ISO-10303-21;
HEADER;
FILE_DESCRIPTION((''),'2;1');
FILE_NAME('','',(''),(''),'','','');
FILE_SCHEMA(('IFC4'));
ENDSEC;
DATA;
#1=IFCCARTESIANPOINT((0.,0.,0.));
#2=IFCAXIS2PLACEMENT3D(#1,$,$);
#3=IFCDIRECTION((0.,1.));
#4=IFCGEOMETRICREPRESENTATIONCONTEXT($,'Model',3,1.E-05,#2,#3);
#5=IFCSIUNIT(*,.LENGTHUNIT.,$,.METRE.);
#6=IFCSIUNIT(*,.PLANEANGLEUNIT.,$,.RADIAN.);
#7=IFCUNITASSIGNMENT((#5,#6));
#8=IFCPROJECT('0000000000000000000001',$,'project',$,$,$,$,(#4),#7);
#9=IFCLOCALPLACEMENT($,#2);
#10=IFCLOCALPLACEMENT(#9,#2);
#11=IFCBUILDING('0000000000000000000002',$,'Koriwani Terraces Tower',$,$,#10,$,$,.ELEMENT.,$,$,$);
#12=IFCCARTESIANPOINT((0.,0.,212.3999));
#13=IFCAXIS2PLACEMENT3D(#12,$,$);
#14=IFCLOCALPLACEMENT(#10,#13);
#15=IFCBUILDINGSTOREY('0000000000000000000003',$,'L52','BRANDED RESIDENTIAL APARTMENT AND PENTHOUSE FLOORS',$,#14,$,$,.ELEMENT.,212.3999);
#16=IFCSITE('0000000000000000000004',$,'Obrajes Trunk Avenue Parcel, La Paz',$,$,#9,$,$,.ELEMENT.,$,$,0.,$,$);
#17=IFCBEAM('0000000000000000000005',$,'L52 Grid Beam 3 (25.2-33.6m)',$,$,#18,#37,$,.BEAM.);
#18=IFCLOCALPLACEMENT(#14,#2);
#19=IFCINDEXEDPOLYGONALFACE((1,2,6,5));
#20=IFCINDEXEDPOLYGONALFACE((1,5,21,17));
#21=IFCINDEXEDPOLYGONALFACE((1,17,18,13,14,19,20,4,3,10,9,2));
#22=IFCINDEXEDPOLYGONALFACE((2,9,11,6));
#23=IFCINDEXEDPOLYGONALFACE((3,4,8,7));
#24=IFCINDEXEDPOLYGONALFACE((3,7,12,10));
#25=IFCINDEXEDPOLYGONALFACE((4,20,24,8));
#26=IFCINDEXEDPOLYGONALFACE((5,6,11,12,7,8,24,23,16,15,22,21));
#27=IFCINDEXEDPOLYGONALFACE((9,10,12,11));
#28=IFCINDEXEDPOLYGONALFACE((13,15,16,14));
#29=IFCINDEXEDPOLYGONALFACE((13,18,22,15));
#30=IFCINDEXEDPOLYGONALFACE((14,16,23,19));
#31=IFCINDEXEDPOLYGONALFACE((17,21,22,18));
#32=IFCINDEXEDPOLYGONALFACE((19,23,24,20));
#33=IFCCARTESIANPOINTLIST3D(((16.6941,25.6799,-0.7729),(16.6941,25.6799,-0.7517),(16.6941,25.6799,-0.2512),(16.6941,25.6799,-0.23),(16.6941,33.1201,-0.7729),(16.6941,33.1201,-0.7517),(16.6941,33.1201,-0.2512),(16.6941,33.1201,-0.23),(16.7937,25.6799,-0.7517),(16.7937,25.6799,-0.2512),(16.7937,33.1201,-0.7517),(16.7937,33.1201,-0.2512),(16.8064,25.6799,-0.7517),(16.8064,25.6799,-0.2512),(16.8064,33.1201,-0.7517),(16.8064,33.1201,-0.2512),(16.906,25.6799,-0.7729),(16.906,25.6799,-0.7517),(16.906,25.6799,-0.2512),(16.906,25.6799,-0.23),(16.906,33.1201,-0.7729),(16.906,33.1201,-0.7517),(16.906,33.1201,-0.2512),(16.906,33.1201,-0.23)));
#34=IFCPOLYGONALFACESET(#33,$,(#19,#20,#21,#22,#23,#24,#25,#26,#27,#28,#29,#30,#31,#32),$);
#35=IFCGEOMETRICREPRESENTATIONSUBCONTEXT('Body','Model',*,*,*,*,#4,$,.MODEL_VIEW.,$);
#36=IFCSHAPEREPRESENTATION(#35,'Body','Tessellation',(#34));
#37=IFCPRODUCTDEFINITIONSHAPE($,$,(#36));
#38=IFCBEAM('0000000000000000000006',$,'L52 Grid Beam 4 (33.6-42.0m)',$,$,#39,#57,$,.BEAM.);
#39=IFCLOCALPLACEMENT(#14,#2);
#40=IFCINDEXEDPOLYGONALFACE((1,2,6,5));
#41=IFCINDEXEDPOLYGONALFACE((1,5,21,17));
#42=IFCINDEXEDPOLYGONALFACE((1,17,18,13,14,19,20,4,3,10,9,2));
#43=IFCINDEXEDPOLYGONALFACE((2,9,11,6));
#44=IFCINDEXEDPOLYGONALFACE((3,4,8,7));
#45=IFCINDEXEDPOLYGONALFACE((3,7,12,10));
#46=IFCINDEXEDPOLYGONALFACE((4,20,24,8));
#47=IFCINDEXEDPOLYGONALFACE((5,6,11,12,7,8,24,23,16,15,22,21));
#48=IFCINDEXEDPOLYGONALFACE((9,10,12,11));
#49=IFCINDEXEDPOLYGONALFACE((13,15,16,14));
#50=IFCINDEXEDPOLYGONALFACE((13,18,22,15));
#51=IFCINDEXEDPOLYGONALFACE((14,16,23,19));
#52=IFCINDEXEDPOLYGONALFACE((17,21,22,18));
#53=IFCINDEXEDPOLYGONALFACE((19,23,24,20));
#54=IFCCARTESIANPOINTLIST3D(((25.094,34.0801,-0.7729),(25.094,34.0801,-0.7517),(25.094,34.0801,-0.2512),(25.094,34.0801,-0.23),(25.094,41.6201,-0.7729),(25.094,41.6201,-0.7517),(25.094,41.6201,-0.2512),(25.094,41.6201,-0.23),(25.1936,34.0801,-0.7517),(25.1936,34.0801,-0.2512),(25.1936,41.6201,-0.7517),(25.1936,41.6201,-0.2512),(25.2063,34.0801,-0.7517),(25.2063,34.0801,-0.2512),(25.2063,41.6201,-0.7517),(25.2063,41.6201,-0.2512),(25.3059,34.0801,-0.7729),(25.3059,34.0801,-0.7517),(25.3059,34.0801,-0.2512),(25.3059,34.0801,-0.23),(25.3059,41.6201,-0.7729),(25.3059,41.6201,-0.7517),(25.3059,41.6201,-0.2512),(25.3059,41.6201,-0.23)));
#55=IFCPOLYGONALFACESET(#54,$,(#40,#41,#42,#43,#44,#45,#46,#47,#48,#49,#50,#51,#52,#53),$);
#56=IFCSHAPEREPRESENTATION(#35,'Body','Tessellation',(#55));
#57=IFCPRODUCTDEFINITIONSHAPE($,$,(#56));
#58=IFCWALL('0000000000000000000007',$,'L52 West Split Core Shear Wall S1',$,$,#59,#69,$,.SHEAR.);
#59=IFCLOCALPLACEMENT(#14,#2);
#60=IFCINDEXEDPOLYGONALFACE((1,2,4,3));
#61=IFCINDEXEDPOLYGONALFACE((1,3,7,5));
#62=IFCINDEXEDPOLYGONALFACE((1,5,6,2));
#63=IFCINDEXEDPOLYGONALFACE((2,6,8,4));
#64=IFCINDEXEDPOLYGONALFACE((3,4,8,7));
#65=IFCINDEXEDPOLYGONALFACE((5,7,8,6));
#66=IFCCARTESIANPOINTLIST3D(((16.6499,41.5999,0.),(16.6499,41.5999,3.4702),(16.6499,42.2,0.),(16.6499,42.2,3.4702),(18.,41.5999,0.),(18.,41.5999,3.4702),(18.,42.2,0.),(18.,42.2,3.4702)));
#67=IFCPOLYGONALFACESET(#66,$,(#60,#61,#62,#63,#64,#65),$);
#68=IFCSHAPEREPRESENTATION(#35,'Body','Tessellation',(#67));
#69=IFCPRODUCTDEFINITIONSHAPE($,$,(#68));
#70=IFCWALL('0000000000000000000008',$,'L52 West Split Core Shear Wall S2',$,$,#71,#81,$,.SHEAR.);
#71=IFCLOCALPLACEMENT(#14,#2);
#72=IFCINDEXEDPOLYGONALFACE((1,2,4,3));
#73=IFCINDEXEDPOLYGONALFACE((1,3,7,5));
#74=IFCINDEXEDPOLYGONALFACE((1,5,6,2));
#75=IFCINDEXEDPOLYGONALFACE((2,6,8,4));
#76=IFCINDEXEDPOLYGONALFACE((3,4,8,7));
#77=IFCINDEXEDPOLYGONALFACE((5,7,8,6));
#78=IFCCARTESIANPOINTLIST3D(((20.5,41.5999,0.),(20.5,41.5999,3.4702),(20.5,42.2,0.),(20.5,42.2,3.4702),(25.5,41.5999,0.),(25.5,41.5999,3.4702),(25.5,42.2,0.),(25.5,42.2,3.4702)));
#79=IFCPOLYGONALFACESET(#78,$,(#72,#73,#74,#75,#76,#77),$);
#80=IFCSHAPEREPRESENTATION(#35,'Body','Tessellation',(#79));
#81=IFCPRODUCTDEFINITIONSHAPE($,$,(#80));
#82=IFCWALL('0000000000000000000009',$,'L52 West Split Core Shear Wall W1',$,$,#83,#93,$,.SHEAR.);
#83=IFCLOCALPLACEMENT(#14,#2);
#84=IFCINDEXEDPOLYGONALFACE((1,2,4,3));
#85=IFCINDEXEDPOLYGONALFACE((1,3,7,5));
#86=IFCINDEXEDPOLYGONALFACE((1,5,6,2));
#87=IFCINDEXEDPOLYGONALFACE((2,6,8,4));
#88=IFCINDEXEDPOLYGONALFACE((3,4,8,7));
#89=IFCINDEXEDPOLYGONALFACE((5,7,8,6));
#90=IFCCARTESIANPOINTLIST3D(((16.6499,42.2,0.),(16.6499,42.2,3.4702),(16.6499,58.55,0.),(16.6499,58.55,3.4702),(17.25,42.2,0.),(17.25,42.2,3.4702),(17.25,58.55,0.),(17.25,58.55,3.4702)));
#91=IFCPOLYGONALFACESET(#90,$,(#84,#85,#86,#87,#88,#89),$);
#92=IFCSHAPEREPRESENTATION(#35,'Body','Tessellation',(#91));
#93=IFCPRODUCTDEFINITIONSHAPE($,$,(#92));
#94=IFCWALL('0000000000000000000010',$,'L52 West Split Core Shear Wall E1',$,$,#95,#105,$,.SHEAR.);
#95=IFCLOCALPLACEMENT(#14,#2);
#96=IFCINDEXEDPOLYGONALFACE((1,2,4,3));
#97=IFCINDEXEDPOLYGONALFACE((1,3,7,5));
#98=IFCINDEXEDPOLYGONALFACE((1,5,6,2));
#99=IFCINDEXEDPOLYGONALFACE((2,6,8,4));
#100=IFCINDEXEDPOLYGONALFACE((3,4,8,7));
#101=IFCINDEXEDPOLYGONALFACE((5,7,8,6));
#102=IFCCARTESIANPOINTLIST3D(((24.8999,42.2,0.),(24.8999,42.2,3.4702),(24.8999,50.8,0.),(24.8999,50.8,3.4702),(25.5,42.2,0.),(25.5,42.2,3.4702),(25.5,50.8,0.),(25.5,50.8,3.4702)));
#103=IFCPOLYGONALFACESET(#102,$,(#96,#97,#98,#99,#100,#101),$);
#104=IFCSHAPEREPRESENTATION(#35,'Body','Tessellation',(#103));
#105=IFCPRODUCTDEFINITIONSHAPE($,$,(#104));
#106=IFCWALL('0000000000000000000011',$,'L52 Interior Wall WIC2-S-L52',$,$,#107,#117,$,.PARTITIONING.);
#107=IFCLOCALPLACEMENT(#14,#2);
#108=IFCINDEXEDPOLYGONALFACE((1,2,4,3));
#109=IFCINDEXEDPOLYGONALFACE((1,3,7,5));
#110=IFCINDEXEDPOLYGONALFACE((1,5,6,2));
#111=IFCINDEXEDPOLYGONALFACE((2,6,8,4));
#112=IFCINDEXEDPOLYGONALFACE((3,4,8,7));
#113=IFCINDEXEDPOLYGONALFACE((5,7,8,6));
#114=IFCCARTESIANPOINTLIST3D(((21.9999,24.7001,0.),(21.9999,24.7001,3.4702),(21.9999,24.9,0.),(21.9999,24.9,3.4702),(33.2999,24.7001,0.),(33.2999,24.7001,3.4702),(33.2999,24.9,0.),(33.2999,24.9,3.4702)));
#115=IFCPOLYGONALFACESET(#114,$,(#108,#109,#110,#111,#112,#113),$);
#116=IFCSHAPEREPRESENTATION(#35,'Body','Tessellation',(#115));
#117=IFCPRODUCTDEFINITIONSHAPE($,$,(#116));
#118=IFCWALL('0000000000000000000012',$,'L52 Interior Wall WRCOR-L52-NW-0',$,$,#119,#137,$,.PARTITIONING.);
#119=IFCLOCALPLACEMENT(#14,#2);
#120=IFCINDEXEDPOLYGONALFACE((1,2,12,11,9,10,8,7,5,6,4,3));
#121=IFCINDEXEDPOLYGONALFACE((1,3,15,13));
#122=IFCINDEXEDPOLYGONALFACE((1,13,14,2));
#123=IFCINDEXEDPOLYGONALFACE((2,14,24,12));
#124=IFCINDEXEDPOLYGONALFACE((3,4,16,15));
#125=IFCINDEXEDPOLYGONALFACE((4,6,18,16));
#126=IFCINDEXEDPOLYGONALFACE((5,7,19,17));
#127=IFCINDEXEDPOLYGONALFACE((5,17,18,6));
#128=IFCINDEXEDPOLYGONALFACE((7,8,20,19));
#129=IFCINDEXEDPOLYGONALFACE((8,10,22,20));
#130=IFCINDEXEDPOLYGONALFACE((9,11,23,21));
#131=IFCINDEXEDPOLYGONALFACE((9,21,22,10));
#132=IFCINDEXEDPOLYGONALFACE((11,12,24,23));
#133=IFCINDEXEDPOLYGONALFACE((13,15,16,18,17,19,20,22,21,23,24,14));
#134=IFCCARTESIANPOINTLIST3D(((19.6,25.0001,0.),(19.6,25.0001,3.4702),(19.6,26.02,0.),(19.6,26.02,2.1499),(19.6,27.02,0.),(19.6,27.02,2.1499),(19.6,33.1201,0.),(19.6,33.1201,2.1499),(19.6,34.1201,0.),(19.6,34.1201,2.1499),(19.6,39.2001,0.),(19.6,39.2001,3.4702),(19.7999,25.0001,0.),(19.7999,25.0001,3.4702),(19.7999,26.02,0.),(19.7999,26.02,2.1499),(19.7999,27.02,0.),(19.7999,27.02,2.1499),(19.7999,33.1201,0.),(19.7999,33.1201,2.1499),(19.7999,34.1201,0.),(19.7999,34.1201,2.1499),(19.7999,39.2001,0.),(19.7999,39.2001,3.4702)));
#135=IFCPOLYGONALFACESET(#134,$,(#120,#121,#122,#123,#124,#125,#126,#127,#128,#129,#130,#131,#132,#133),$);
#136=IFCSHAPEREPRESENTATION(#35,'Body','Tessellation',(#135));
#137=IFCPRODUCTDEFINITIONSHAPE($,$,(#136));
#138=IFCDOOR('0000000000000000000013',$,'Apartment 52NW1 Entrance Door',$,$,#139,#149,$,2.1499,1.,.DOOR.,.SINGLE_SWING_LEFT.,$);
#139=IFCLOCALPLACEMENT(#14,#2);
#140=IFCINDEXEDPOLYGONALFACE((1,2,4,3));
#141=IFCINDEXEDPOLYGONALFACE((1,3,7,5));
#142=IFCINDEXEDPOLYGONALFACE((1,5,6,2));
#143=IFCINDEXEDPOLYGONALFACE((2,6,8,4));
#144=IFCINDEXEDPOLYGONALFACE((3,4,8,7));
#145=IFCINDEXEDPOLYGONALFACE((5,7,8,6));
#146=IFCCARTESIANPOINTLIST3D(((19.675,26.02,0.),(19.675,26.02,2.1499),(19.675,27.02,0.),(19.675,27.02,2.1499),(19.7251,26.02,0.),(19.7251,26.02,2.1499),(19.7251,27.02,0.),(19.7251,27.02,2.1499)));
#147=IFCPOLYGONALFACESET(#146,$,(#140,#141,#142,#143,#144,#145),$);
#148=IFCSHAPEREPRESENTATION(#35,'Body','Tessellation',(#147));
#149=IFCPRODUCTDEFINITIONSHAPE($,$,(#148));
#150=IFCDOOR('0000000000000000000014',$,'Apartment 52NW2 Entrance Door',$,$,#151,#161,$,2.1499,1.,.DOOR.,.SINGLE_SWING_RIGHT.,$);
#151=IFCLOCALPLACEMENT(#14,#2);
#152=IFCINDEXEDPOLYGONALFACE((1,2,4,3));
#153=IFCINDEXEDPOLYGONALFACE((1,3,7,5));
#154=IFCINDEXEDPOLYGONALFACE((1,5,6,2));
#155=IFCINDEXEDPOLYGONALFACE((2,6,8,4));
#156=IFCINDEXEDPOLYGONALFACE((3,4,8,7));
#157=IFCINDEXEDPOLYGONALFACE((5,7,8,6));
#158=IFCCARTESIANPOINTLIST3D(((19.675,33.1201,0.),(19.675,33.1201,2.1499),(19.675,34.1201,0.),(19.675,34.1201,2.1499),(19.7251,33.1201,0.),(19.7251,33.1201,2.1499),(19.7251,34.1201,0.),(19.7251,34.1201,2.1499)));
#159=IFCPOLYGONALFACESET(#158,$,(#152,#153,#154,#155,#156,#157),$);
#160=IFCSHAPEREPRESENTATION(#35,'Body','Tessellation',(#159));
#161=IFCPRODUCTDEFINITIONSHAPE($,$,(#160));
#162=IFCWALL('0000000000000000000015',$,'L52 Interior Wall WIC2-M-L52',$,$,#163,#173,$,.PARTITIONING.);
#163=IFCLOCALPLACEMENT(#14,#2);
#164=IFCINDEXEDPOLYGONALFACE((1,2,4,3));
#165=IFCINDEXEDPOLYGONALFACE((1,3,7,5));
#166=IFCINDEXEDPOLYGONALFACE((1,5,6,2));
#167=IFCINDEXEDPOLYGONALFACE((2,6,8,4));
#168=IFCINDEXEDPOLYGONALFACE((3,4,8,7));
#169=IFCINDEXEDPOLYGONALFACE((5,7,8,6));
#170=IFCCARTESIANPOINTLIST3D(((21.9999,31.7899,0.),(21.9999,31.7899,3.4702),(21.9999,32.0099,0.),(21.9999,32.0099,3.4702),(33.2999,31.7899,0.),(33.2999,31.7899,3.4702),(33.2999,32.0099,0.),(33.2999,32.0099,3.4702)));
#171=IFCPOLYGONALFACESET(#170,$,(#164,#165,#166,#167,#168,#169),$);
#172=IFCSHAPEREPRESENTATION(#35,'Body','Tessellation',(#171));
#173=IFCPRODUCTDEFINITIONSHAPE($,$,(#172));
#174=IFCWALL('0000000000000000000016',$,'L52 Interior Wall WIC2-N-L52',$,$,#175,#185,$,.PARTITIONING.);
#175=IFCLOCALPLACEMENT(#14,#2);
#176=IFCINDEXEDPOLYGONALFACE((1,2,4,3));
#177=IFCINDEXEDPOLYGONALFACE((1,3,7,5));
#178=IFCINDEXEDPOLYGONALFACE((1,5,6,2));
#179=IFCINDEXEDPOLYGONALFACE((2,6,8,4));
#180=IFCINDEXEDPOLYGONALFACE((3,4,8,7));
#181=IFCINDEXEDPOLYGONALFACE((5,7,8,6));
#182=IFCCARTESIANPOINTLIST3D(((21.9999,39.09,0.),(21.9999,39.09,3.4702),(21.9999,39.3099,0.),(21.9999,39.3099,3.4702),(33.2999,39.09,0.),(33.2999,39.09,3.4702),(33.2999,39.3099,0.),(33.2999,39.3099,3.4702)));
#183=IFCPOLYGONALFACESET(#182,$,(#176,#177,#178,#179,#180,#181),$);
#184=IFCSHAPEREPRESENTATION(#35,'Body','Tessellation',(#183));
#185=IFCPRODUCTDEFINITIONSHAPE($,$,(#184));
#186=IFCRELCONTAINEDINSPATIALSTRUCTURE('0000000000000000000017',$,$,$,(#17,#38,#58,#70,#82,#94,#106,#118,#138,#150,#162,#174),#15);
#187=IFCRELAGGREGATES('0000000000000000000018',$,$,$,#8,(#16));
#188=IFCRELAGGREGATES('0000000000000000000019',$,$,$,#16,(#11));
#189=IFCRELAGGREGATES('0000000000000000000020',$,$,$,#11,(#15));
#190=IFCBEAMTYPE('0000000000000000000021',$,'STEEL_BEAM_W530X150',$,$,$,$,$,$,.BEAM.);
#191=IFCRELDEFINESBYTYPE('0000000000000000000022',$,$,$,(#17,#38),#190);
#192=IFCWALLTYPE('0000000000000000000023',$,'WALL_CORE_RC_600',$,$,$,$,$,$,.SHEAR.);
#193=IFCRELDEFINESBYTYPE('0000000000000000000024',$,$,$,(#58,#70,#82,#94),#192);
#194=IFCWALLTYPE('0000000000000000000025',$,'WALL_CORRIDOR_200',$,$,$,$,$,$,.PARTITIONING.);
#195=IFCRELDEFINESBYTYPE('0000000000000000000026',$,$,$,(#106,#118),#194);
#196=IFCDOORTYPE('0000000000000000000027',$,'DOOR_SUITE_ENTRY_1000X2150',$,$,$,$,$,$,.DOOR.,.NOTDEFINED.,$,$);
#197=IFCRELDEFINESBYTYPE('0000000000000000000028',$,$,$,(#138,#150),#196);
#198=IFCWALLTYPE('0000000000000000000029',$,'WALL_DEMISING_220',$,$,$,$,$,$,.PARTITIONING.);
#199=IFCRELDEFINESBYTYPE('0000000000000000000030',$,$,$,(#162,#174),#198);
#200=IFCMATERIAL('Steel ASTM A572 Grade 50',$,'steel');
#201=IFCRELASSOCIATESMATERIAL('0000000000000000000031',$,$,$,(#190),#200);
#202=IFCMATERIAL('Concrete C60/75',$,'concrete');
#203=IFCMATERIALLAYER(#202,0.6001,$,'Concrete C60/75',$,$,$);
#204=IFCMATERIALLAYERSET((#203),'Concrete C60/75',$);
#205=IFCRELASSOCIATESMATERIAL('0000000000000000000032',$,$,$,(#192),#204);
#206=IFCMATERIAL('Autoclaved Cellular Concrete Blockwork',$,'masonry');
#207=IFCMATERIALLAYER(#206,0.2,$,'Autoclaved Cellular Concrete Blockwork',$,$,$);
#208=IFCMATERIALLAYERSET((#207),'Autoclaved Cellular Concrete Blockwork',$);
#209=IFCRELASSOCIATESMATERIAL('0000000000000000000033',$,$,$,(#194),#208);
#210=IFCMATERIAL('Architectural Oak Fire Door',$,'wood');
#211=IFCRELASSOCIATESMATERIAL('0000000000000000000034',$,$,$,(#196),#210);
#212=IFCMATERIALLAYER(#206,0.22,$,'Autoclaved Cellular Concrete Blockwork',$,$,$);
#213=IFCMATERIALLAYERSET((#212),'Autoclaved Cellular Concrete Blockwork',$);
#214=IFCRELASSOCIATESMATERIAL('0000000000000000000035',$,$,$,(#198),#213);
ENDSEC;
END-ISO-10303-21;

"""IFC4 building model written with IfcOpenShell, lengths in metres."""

from ifc_helpers import new_model, si_unit, direction, frame, frame_2d, origin, origin_2d, place, context, subcontext, project, spatial, rectangle, i_section, extrude, material, layer, layer_set, material_profile, profile_set, type_object, element, fill, save


model = new_model("IFC4")

# Units and contexts
model_context = context("Model", 3, precision=1e-05, world=origin(), true_north=direction((0.0, 1.0)))
body_context = subcontext(model_context, "Body", "Model", "MODEL_VIEW")
ifc_project = project(units=[si_unit("LENGTHUNIT", "METRE"), si_unit("PLANEANGLEUNIT", "RADIAN")], contexts=[model_context])

# Site, building, storey
site_placement = place(None, origin())
site = spatial("IfcSite", under=ifc_project, at=site_placement, Name="Obrajes Trunk Avenue Parcel, La Paz", CompositionType="ELEMENT", RefElevation=0.0)
building_placement = place(site_placement, origin())
building = spatial("IfcBuilding", under=site, at=building_placement, Name="Koriwani Terraces Tower", CompositionType="ELEMENT")
storey_placement = place(building_placement, frame((0.0, 0.0, 212.3999)))
storey = spatial("IfcBuildingStorey", under=building, at=storey_placement, Name="L52", Description="BRANDED RESIDENTIAL APARTMENT AND PENTHOUSE FLOORS", CompositionType="ELEMENT", Elevation=212.3999)

# Beams
ifc_material_1 = material(Name="Concrete C60/75", Category="concrete")
ifc_material_2 = material(Name="Steel ASTM A572 Grade 50", Category="steel")
ifc_material_profile_1 = material_profile(ifc_material_2, i_section(OverallWidth=0.2119, OverallDepth=0.543, WebThickness=0.0127, FlangeThickness=0.0212, at=origin_2d()), Name="Steel ASTM A572 Grade 50", Category="LoadBearing")
ifc_profile_set_1 = profile_set([ifc_material_profile_1], Name="Steel ASTM A572 Grade 50")
beam_type_1 = type_object("IfcBeamType", Name="STEEL_BEAM_W530X150", PredefinedType="BEAM", material=ifc_profile_set_1)
beam_1_placement = place(storey_placement, frame((16.8, 25.6799, -0.5015), z_axis=(0.0, 1.0, 0.0), x_axis=(-1.0, 0.0, 0.0)))
element("IfcBeam", 1, at=beam_1_placement, inside=storey, type_object=beam_type_1, Name="L52 Grid Beam 3 (25.2-33.6m)", PredefinedType="BEAM", context=body_context, shape_type="SweptSolid", body=[
    extrude(i_section(OverallWidth=0.2119, OverallDepth=0.543, WebThickness=0.0127, FlangeThickness=0.0212, at=origin_2d()), origin(), (0.0, 0.0, 1.0), 7.4402),
])
beam_2_placement = place(storey_placement, frame((25.2, 34.0801, -0.5015), z_axis=(0.0, 1.0, 0.0), x_axis=(-1.0, 0.0, 0.0)))
element("IfcBeam", 2, at=beam_2_placement, inside=storey, type_object=beam_type_1, Name="L52 Grid Beam 4 (33.6-42.0m)", PredefinedType="BEAM", context=body_context, shape_type="SweptSolid", body=[
    extrude(i_section(OverallWidth=0.2119, OverallDepth=0.543, WebThickness=0.0127, FlangeThickness=0.0212, at=origin_2d()), origin(), (0.0, 0.0, 1.0), 7.54),
])

# Walls
ifc_layer_1 = layer(ifc_material_1, 0.6001, Name="Concrete C60/75")
ifc_layer_set_1 = layer_set([ifc_layer_1], Name="Concrete C60/75")
wall_type_1 = type_object("IfcWallType", Name="WALL_CORE_RC_600", PredefinedType="SHEAR", material=ifc_layer_set_1)
wall_1_placement = place(storey_placement, frame((16.6499, 41.8999, 0.0), z_axis=(0.0, 0.0, 1.0), x_axis=(1.0, 0.0, 0.0)))
element("IfcWall", 3, at=wall_1_placement, inside=storey, type_object=wall_type_1, Name="L52 West Split Core Shear Wall S1", PredefinedType="SHEAR", context=body_context, shape_type="SweptSolid", body=[
    extrude(rectangle(XDim=1.3501, YDim=0.6001, at=frame_2d((0.675, 0.0))), origin(), (0.0, 0.0, 1.0), 3.4702),
])
wall_2_placement = place(storey_placement, frame((20.5, 41.8999, 0.0), z_axis=(0.0, 0.0, 1.0), x_axis=(1.0, 0.0, 0.0)))
element("IfcWall", 4, at=wall_2_placement, inside=storey, type_object=wall_type_1, Name="L52 West Split Core Shear Wall S2", PredefinedType="SHEAR", context=body_context, shape_type="SweptSolid", body=[
    extrude(rectangle(XDim=5.0, YDim=0.6001, at=frame_2d((2.5, 0.0))), origin(), (0.0, 0.0, 1.0), 3.4702),
])
wall_3_placement = place(storey_placement, frame((16.95, 42.2, 0.0), z_axis=(0.0, 0.0, 1.0), x_axis=(0.0, 1.0, 0.0)))
element("IfcWall", 5, at=wall_3_placement, inside=storey, type_object=wall_type_1, Name="L52 West Split Core Shear Wall W1", PredefinedType="SHEAR", context=body_context, shape_type="SweptSolid", body=[
    extrude(rectangle(XDim=16.3501, YDim=0.6001, at=frame_2d((8.175, 0.0))), origin(), (0.0, 0.0, 1.0), 3.4702),
])
wall_4_placement = place(storey_placement, frame((25.2, 42.2, 0.0), z_axis=(0.0, 0.0, 1.0), x_axis=(0.0, 1.0, 0.0)))
element("IfcWall", 6, at=wall_4_placement, inside=storey, type_object=wall_type_1, Name="L52 West Split Core Shear Wall E1", PredefinedType="SHEAR", context=body_context, shape_type="SweptSolid", body=[
    extrude(rectangle(XDim=8.6001, YDim=0.6001, at=frame_2d((4.3, 0.0))), origin(), (0.0, 0.0, 1.0), 3.4702),
])
ifc_material_3 = material(Name="Autoclaved Cellular Concrete Blockwork", Category="masonry")
ifc_layer_2 = layer(ifc_material_3, 0.2, Name="Autoclaved Cellular Concrete Blockwork")
ifc_layer_set_2 = layer_set([ifc_layer_2], Name="Autoclaved Cellular Concrete Blockwork")
wall_type_2 = type_object("IfcWallType", Name="WALL_CORRIDOR_200", PredefinedType="PARTITIONING", material=ifc_layer_set_2)
wall_5_placement = place(storey_placement, frame((22.0, 24.8, 0.0), z_axis=(0.0, 0.0, 1.0), x_axis=(1.0, 0.0, 0.0)))
element("IfcWall", 7, at=wall_5_placement, inside=storey, type_object=wall_type_2, Name="L52 Interior Wall WIC2-S-L52", PredefinedType="PARTITIONING", context=body_context, shape_type="SweptSolid", body=[
    extrude(rectangle(XDim=11.3, YDim=0.2, at=frame_2d((5.6499, 0.0))), origin(), (0.0, 0.0, 1.0), 3.4702),
])

# Wall, openings, doors
wall_6_placement = place(storey_placement, frame((19.7, 25.0, 0.0), z_axis=(0.0, 0.0, 1.0), x_axis=(0.0, 1.0, 0.0)))
wall_6 = element("IfcWall", 8, at=wall_6_placement, inside=storey, type_object=wall_type_2, Name="L52 Interior Wall WRCOR-L52-NW-0", PredefinedType="PARTITIONING", context=body_context, shape_type="SweptSolid", body=[
    extrude(rectangle(XDim=14.2, YDim=0.2, at=frame_2d((7.1001, 0.0))), origin(), (0.0, 0.0, 1.0), 3.4702),
])
opening_1_placement = place(wall_6_placement, frame((1.02, 0.0, 0.0)))
opening_1 = element("IfcOpeningElement", 9, at=opening_1_placement, cuts=wall_6, PredefinedType="OPENING", context=body_context, shape_type="SweptSolid", body=[
    extrude(rectangle(XDim=1.0, YDim=2.1499, at=frame_2d((0.5, 1.075))), frame((0.0, 0.1099, 0.0), z_axis=(0.0, -1.0, 0.0), x_axis=(1.0, 0.0, 0.0)), (0.0, 0.0, 1.0), 0.22),
])
opening_2_placement = place(wall_6_placement, frame((8.1201, 0.0, 0.0)))
opening_2 = element("IfcOpeningElement", 10, at=opening_2_placement, cuts=wall_6, PredefinedType="OPENING", context=body_context, shape_type="SweptSolid", body=[
    extrude(rectangle(XDim=1.0, YDim=2.1499, at=frame_2d((0.5, 1.075))), frame((0.0, 0.1099, 0.0), z_axis=(0.0, -1.0, 0.0), x_axis=(1.0, 0.0, 0.0)), (0.0, 0.0, 1.0), 0.22),
])
ifc_material_4 = material(Name="Architectural Oak Fire Door", Category="wood")
door_type_1 = type_object("IfcDoorType", Name="DOOR_SUITE_ENTRY_1000X2150", OperationType="NOTDEFINED", PredefinedType="DOOR", material=ifc_material_4)
door_1_placement = place(opening_1_placement, origin())
door_1 = element("IfcDoor", 11, at=door_1_placement, inside=storey, type_object=door_type_1, Name="Apartment 52NW1 Entrance Door", OperationType="SINGLE_SWING_LEFT", OverallHeight=2.1499, OverallWidth=1.0, PredefinedType="DOOR", context=body_context, shape_type="SweptSolid", body=[
    extrude(rectangle(XDim=1.0, YDim=2.1499, at=frame_2d((0.5, 1.075))), frame((0.0, 0.0249, 0.0), z_axis=(0.0, -1.0, 0.0), x_axis=(1.0, 0.0, 0.0)), (0.0, 0.0, 1.0), 0.05),
])
fill(opening_1, door_1)
door_2_placement = place(opening_2_placement, origin())
door_2 = element("IfcDoor", 12, at=door_2_placement, inside=storey, type_object=door_type_1, Name="Apartment 52NW2 Entrance Door", OperationType="SINGLE_SWING_RIGHT", OverallHeight=2.1499, OverallWidth=1.0, PredefinedType="DOOR", context=body_context, shape_type="SweptSolid", body=[
    extrude(rectangle(XDim=1.0, YDim=2.1499, at=frame_2d((0.5, 1.075))), frame((0.0, 0.0249, 0.0), z_axis=(0.0, -1.0, 0.0), x_axis=(1.0, 0.0, 0.0)), (0.0, 0.0, 1.0), 0.05),
])
fill(opening_2, door_2)

# Walls
ifc_layer_3 = layer(ifc_material_3, 0.22, Name="Autoclaved Cellular Concrete Blockwork")
ifc_layer_set_3 = layer_set([ifc_layer_3], Name="Autoclaved Cellular Concrete Blockwork")
wall_type_3 = type_object("IfcWallType", Name="WALL_DEMISING_220", PredefinedType="PARTITIONING", material=ifc_layer_set_3)
for number, where, z_axis, x_axis, name in (
    (13, (22.0, 31.8999, 0.0), (0.0, 0.0, 1.0), (1.0, 0.0, 0.0), "L52 Interior Wall WIC2-M-L52"),
    (14, (22.0, 39.2, 0.0), (0.0, 0.0, 1.0), (1.0, 0.0, 0.0), "L52 Interior Wall WIC2-N-L52"),
):
    element("IfcWall", number, at=place(storey_placement, frame(where, z_axis=z_axis, x_axis=x_axis)), inside=storey, type_object=wall_type_3, Name=name, PredefinedType="PARTITIONING", context=body_context, shape_type="SweptSolid", body=[
        extrude(rectangle(XDim=11.3, YDim=0.22, at=frame_2d((5.6499, 0.0))), origin(), (0.0, 0.0, 1.0), 3.4702),
    ])

save(model, "model.ifc")
